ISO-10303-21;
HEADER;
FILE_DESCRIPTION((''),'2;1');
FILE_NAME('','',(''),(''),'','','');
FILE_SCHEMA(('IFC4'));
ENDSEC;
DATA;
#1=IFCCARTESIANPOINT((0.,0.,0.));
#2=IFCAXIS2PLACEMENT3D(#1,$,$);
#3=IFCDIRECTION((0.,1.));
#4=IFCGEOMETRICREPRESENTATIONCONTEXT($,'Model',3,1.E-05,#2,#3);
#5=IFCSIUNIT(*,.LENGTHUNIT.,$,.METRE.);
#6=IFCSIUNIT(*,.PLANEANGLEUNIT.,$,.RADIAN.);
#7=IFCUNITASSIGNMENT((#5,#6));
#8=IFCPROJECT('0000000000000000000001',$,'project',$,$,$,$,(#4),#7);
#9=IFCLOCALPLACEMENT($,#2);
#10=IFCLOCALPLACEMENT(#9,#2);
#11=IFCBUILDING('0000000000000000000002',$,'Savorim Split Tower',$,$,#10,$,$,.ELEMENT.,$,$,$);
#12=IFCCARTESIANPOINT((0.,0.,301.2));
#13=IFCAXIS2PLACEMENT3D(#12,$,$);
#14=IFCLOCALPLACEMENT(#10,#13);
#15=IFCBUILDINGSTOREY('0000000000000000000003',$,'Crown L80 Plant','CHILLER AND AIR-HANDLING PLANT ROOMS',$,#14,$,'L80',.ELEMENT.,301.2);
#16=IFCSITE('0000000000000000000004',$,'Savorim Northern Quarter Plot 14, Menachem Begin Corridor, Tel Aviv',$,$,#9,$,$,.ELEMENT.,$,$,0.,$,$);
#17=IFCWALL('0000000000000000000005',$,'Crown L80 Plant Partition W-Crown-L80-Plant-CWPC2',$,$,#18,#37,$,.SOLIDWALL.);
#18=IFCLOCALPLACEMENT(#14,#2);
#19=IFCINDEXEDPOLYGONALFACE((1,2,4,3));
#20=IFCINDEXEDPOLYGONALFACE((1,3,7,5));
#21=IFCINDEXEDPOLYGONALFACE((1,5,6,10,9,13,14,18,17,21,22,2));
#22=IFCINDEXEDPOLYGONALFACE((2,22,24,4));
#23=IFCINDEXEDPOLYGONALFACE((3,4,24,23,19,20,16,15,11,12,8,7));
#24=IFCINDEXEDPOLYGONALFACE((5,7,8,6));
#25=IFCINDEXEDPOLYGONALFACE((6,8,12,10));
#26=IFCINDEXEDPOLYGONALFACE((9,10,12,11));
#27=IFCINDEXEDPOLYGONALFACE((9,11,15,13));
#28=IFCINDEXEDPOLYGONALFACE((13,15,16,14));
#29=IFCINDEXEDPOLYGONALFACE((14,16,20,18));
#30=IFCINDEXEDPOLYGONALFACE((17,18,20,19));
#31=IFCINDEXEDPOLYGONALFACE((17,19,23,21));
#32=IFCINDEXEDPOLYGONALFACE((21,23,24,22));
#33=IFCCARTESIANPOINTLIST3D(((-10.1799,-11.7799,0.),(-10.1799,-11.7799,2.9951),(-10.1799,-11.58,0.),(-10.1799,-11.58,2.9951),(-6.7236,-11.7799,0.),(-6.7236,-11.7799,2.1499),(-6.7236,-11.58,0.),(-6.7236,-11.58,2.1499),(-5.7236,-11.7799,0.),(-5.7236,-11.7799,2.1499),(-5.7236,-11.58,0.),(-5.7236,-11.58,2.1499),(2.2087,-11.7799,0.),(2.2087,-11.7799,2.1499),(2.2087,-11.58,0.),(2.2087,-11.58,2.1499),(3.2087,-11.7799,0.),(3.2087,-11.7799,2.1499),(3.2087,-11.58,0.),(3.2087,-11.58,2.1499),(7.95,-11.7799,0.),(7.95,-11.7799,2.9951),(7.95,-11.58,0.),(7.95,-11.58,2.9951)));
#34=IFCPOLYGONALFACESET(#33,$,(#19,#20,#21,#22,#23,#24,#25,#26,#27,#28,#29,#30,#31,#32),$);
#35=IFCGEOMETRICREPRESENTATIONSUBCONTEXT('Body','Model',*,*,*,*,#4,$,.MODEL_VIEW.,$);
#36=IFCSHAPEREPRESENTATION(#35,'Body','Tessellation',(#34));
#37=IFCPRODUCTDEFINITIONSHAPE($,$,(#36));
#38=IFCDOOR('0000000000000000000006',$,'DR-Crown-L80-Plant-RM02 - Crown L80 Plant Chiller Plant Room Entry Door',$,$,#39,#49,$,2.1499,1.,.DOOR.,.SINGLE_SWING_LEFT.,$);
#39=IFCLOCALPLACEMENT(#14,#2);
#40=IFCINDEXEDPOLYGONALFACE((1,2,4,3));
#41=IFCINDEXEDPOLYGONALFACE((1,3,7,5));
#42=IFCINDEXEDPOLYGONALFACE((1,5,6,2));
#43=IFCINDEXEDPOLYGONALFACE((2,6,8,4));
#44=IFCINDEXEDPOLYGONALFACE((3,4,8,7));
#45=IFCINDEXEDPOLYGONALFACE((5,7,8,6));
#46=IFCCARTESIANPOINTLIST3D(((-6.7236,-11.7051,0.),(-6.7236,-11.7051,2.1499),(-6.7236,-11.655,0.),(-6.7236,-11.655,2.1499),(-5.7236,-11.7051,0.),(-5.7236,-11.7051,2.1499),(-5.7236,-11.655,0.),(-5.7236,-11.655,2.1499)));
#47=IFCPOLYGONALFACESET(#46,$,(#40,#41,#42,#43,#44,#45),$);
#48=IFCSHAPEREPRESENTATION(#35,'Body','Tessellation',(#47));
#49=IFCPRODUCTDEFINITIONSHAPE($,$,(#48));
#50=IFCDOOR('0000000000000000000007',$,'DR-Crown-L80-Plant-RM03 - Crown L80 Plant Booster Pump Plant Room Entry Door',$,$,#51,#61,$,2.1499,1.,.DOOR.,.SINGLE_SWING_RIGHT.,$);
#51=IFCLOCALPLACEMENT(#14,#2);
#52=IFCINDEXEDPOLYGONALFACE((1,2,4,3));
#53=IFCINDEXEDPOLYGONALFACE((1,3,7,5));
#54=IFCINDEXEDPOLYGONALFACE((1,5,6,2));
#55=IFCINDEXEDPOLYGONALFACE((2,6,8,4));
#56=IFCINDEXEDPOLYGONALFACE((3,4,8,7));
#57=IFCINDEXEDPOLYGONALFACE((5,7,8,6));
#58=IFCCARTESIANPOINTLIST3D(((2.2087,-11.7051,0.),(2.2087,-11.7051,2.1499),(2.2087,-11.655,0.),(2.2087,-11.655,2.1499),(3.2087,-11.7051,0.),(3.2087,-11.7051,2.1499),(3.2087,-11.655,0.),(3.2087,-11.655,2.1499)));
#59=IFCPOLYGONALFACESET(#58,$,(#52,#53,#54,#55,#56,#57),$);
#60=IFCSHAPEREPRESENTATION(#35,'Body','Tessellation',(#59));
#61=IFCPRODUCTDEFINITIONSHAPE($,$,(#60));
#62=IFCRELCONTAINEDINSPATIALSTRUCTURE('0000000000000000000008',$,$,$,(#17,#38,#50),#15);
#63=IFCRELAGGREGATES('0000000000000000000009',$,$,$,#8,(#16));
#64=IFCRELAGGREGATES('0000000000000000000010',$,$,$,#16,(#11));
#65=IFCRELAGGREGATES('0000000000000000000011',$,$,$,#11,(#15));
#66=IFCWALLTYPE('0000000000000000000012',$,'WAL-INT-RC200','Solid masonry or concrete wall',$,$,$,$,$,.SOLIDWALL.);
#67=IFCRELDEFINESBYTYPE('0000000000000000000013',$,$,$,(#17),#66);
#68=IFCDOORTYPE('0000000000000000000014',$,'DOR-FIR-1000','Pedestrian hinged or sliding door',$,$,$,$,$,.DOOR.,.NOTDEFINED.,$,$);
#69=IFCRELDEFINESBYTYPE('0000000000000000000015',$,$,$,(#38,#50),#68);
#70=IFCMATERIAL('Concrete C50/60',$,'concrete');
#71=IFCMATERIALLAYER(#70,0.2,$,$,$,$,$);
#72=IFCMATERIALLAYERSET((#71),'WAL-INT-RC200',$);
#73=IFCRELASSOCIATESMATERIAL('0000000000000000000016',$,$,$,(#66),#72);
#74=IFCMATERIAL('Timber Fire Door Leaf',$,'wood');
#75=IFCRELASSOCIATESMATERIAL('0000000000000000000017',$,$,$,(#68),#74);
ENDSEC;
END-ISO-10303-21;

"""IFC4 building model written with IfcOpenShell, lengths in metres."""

from ifc_helpers import new_model, si_unit, direction, frame, frame_2d, origin, place, context, subcontext, project, spatial, rectangle, extrude, material, layer, layer_set, type_object, element, fill, save


model = new_model("IFC4")

# Units and contexts
model_context = context("Model", 3, precision=1e-05, world=origin(), true_north=direction((0.0, 1.0)))
body_context = subcontext(model_context, "Body", "Model", "MODEL_VIEW")
ifc_project = project(units=[si_unit("LENGTHUNIT", "METRE"), si_unit("PLANEANGLEUNIT", "RADIAN")], contexts=[model_context])

# Site, building, storey
site_placement = place(None, origin())
site = spatial("IfcSite", under=ifc_project, at=site_placement, Name="Savorim Northern Quarter Plot 14, Menachem Begin Corridor, Tel Aviv", CompositionType="ELEMENT", RefElevation=0.0)
building_placement = place(site_placement, origin())
building = spatial("IfcBuilding", under=site, at=building_placement, Name="Savorim Split Tower", CompositionType="ELEMENT")
storey_placement = place(building_placement, frame((0.0, 0.0, 301.2)))
storey = spatial("IfcBuildingStorey", under=building, at=storey_placement, Name="Crown L80 Plant", Description="CHILLER AND AIR-HANDLING PLANT ROOMS", LongName="L80", CompositionType="ELEMENT", Elevation=301.2)

# Shared definitions
ifc_material_1 = material(Name="Timber Fire Door Leaf", Category="wood")

# Shared definitions
ifc_material_2 = material(Name="Concrete C50/60", Category="concrete")
ifc_layer_1 = layer(ifc_material_2, 0.2)
ifc_layer_set_1 = layer_set([ifc_layer_1], Name="WAL-INT-RC200")
wall_type_1 = type_object("IfcWallType", Name="WAL-INT-RC200", Description="Solid masonry or concrete wall", PredefinedType="SOLIDWALL", material=ifc_layer_set_1)

# Wall, openings, doors
door_type_1 = type_object("IfcDoorType", Name="DOR-FIR-1000", Description="Pedestrian hinged or sliding door", OperationType="NOTDEFINED", PredefinedType="DOOR", material=ifc_material_1)
wall_1_placement = place(storey_placement, frame((-10.1799, -11.6799, 0.0), z_axis=(0.0, 0.0, 1.0), x_axis=(1.0, 0.0, 0.0)))
wall_1 = element("IfcWall", 1, at=wall_1_placement, inside=storey, type_object=wall_type_1, Name="Crown L80 Plant Partition W-Crown-L80-Plant-CWPC2", PredefinedType="SOLIDWALL", context=body_context, shape_type="SweptSolid", body=[
    extrude(rectangle(XDim=18.1299, YDim=0.2, at=frame_2d((9.0649, 0.0))), origin(), (0.0, 0.0, 1.0), 2.9951),
])
opening_1_placement = place(wall_1_placement, frame((3.4563, 0.0, 0.0)))
opening_1 = element("IfcOpeningElement", 2, at=opening_1_placement, cuts=wall_1, PredefinedType="OPENING", context=body_context, shape_type="SweptSolid", body=[
    extrude(rectangle(XDim=1.0, YDim=2.1499, at=frame_2d((0.5, 1.075))), frame((0.0, 0.1099, 0.0), z_axis=(0.0, -1.0, 0.0), x_axis=(1.0, 0.0, 0.0)), (0.0, 0.0, 1.0), 0.22),
])
opening_2_placement = place(wall_1_placement, frame((12.3887, 0.0, 0.0)))
opening_2 = element("IfcOpeningElement", 3, at=opening_2_placement, cuts=wall_1, PredefinedType="OPENING", context=body_context, shape_type="SweptSolid", body=[
    extrude(rectangle(XDim=1.0, YDim=2.1499, at=frame_2d((0.5, 1.075))), frame((0.0, 0.1099, 0.0), z_axis=(0.0, -1.0, 0.0), x_axis=(1.0, 0.0, 0.0)), (0.0, 0.0, 1.0), 0.22),
])
door_1_placement = place(opening_1_placement, origin())
door_1 = element("IfcDoor", 4, at=door_1_placement, inside=storey, type_object=door_type_1, Name="DR-Crown-L80-Plant-RM02 - Crown L80 Plant Chiller Plant Room Entry Door", OperationType="SINGLE_SWING_LEFT", OverallHeight=2.1499, OverallWidth=1.0, PredefinedType="DOOR", context=body_context, shape_type="SweptSolid", body=[
    extrude(rectangle(XDim=1.0, YDim=2.1499, at=frame_2d((0.5, 1.075))), frame((0.0, 0.0249, 0.0), z_axis=(0.0, -1.0, 0.0), x_axis=(1.0, 0.0, 0.0)), (0.0, 0.0, 1.0), 0.05),
])
fill(opening_1, door_1)
door_2_placement = place(opening_2_placement, origin())
door_2 = element("IfcDoor", 5, at=door_2_placement, inside=storey, type_object=door_type_1, Name="DR-Crown-L80-Plant-RM03 - Crown L80 Plant Booster Pump Plant Room Entry Door", OperationType="SINGLE_SWING_RIGHT", OverallHeight=2.1499, OverallWidth=1.0, PredefinedType="DOOR", context=body_context, shape_type="SweptSolid", body=[
    extrude(rectangle(XDim=1.0, YDim=2.1499, at=frame_2d((0.5, 1.075))), frame((0.0, 0.0249, 0.0), z_axis=(0.0, -1.0, 0.0), x_axis=(1.0, 0.0, 0.0)), (0.0, 0.0, 1.0), 0.05),
])
fill(opening_2, door_2)

save(model, "model.ifc")
